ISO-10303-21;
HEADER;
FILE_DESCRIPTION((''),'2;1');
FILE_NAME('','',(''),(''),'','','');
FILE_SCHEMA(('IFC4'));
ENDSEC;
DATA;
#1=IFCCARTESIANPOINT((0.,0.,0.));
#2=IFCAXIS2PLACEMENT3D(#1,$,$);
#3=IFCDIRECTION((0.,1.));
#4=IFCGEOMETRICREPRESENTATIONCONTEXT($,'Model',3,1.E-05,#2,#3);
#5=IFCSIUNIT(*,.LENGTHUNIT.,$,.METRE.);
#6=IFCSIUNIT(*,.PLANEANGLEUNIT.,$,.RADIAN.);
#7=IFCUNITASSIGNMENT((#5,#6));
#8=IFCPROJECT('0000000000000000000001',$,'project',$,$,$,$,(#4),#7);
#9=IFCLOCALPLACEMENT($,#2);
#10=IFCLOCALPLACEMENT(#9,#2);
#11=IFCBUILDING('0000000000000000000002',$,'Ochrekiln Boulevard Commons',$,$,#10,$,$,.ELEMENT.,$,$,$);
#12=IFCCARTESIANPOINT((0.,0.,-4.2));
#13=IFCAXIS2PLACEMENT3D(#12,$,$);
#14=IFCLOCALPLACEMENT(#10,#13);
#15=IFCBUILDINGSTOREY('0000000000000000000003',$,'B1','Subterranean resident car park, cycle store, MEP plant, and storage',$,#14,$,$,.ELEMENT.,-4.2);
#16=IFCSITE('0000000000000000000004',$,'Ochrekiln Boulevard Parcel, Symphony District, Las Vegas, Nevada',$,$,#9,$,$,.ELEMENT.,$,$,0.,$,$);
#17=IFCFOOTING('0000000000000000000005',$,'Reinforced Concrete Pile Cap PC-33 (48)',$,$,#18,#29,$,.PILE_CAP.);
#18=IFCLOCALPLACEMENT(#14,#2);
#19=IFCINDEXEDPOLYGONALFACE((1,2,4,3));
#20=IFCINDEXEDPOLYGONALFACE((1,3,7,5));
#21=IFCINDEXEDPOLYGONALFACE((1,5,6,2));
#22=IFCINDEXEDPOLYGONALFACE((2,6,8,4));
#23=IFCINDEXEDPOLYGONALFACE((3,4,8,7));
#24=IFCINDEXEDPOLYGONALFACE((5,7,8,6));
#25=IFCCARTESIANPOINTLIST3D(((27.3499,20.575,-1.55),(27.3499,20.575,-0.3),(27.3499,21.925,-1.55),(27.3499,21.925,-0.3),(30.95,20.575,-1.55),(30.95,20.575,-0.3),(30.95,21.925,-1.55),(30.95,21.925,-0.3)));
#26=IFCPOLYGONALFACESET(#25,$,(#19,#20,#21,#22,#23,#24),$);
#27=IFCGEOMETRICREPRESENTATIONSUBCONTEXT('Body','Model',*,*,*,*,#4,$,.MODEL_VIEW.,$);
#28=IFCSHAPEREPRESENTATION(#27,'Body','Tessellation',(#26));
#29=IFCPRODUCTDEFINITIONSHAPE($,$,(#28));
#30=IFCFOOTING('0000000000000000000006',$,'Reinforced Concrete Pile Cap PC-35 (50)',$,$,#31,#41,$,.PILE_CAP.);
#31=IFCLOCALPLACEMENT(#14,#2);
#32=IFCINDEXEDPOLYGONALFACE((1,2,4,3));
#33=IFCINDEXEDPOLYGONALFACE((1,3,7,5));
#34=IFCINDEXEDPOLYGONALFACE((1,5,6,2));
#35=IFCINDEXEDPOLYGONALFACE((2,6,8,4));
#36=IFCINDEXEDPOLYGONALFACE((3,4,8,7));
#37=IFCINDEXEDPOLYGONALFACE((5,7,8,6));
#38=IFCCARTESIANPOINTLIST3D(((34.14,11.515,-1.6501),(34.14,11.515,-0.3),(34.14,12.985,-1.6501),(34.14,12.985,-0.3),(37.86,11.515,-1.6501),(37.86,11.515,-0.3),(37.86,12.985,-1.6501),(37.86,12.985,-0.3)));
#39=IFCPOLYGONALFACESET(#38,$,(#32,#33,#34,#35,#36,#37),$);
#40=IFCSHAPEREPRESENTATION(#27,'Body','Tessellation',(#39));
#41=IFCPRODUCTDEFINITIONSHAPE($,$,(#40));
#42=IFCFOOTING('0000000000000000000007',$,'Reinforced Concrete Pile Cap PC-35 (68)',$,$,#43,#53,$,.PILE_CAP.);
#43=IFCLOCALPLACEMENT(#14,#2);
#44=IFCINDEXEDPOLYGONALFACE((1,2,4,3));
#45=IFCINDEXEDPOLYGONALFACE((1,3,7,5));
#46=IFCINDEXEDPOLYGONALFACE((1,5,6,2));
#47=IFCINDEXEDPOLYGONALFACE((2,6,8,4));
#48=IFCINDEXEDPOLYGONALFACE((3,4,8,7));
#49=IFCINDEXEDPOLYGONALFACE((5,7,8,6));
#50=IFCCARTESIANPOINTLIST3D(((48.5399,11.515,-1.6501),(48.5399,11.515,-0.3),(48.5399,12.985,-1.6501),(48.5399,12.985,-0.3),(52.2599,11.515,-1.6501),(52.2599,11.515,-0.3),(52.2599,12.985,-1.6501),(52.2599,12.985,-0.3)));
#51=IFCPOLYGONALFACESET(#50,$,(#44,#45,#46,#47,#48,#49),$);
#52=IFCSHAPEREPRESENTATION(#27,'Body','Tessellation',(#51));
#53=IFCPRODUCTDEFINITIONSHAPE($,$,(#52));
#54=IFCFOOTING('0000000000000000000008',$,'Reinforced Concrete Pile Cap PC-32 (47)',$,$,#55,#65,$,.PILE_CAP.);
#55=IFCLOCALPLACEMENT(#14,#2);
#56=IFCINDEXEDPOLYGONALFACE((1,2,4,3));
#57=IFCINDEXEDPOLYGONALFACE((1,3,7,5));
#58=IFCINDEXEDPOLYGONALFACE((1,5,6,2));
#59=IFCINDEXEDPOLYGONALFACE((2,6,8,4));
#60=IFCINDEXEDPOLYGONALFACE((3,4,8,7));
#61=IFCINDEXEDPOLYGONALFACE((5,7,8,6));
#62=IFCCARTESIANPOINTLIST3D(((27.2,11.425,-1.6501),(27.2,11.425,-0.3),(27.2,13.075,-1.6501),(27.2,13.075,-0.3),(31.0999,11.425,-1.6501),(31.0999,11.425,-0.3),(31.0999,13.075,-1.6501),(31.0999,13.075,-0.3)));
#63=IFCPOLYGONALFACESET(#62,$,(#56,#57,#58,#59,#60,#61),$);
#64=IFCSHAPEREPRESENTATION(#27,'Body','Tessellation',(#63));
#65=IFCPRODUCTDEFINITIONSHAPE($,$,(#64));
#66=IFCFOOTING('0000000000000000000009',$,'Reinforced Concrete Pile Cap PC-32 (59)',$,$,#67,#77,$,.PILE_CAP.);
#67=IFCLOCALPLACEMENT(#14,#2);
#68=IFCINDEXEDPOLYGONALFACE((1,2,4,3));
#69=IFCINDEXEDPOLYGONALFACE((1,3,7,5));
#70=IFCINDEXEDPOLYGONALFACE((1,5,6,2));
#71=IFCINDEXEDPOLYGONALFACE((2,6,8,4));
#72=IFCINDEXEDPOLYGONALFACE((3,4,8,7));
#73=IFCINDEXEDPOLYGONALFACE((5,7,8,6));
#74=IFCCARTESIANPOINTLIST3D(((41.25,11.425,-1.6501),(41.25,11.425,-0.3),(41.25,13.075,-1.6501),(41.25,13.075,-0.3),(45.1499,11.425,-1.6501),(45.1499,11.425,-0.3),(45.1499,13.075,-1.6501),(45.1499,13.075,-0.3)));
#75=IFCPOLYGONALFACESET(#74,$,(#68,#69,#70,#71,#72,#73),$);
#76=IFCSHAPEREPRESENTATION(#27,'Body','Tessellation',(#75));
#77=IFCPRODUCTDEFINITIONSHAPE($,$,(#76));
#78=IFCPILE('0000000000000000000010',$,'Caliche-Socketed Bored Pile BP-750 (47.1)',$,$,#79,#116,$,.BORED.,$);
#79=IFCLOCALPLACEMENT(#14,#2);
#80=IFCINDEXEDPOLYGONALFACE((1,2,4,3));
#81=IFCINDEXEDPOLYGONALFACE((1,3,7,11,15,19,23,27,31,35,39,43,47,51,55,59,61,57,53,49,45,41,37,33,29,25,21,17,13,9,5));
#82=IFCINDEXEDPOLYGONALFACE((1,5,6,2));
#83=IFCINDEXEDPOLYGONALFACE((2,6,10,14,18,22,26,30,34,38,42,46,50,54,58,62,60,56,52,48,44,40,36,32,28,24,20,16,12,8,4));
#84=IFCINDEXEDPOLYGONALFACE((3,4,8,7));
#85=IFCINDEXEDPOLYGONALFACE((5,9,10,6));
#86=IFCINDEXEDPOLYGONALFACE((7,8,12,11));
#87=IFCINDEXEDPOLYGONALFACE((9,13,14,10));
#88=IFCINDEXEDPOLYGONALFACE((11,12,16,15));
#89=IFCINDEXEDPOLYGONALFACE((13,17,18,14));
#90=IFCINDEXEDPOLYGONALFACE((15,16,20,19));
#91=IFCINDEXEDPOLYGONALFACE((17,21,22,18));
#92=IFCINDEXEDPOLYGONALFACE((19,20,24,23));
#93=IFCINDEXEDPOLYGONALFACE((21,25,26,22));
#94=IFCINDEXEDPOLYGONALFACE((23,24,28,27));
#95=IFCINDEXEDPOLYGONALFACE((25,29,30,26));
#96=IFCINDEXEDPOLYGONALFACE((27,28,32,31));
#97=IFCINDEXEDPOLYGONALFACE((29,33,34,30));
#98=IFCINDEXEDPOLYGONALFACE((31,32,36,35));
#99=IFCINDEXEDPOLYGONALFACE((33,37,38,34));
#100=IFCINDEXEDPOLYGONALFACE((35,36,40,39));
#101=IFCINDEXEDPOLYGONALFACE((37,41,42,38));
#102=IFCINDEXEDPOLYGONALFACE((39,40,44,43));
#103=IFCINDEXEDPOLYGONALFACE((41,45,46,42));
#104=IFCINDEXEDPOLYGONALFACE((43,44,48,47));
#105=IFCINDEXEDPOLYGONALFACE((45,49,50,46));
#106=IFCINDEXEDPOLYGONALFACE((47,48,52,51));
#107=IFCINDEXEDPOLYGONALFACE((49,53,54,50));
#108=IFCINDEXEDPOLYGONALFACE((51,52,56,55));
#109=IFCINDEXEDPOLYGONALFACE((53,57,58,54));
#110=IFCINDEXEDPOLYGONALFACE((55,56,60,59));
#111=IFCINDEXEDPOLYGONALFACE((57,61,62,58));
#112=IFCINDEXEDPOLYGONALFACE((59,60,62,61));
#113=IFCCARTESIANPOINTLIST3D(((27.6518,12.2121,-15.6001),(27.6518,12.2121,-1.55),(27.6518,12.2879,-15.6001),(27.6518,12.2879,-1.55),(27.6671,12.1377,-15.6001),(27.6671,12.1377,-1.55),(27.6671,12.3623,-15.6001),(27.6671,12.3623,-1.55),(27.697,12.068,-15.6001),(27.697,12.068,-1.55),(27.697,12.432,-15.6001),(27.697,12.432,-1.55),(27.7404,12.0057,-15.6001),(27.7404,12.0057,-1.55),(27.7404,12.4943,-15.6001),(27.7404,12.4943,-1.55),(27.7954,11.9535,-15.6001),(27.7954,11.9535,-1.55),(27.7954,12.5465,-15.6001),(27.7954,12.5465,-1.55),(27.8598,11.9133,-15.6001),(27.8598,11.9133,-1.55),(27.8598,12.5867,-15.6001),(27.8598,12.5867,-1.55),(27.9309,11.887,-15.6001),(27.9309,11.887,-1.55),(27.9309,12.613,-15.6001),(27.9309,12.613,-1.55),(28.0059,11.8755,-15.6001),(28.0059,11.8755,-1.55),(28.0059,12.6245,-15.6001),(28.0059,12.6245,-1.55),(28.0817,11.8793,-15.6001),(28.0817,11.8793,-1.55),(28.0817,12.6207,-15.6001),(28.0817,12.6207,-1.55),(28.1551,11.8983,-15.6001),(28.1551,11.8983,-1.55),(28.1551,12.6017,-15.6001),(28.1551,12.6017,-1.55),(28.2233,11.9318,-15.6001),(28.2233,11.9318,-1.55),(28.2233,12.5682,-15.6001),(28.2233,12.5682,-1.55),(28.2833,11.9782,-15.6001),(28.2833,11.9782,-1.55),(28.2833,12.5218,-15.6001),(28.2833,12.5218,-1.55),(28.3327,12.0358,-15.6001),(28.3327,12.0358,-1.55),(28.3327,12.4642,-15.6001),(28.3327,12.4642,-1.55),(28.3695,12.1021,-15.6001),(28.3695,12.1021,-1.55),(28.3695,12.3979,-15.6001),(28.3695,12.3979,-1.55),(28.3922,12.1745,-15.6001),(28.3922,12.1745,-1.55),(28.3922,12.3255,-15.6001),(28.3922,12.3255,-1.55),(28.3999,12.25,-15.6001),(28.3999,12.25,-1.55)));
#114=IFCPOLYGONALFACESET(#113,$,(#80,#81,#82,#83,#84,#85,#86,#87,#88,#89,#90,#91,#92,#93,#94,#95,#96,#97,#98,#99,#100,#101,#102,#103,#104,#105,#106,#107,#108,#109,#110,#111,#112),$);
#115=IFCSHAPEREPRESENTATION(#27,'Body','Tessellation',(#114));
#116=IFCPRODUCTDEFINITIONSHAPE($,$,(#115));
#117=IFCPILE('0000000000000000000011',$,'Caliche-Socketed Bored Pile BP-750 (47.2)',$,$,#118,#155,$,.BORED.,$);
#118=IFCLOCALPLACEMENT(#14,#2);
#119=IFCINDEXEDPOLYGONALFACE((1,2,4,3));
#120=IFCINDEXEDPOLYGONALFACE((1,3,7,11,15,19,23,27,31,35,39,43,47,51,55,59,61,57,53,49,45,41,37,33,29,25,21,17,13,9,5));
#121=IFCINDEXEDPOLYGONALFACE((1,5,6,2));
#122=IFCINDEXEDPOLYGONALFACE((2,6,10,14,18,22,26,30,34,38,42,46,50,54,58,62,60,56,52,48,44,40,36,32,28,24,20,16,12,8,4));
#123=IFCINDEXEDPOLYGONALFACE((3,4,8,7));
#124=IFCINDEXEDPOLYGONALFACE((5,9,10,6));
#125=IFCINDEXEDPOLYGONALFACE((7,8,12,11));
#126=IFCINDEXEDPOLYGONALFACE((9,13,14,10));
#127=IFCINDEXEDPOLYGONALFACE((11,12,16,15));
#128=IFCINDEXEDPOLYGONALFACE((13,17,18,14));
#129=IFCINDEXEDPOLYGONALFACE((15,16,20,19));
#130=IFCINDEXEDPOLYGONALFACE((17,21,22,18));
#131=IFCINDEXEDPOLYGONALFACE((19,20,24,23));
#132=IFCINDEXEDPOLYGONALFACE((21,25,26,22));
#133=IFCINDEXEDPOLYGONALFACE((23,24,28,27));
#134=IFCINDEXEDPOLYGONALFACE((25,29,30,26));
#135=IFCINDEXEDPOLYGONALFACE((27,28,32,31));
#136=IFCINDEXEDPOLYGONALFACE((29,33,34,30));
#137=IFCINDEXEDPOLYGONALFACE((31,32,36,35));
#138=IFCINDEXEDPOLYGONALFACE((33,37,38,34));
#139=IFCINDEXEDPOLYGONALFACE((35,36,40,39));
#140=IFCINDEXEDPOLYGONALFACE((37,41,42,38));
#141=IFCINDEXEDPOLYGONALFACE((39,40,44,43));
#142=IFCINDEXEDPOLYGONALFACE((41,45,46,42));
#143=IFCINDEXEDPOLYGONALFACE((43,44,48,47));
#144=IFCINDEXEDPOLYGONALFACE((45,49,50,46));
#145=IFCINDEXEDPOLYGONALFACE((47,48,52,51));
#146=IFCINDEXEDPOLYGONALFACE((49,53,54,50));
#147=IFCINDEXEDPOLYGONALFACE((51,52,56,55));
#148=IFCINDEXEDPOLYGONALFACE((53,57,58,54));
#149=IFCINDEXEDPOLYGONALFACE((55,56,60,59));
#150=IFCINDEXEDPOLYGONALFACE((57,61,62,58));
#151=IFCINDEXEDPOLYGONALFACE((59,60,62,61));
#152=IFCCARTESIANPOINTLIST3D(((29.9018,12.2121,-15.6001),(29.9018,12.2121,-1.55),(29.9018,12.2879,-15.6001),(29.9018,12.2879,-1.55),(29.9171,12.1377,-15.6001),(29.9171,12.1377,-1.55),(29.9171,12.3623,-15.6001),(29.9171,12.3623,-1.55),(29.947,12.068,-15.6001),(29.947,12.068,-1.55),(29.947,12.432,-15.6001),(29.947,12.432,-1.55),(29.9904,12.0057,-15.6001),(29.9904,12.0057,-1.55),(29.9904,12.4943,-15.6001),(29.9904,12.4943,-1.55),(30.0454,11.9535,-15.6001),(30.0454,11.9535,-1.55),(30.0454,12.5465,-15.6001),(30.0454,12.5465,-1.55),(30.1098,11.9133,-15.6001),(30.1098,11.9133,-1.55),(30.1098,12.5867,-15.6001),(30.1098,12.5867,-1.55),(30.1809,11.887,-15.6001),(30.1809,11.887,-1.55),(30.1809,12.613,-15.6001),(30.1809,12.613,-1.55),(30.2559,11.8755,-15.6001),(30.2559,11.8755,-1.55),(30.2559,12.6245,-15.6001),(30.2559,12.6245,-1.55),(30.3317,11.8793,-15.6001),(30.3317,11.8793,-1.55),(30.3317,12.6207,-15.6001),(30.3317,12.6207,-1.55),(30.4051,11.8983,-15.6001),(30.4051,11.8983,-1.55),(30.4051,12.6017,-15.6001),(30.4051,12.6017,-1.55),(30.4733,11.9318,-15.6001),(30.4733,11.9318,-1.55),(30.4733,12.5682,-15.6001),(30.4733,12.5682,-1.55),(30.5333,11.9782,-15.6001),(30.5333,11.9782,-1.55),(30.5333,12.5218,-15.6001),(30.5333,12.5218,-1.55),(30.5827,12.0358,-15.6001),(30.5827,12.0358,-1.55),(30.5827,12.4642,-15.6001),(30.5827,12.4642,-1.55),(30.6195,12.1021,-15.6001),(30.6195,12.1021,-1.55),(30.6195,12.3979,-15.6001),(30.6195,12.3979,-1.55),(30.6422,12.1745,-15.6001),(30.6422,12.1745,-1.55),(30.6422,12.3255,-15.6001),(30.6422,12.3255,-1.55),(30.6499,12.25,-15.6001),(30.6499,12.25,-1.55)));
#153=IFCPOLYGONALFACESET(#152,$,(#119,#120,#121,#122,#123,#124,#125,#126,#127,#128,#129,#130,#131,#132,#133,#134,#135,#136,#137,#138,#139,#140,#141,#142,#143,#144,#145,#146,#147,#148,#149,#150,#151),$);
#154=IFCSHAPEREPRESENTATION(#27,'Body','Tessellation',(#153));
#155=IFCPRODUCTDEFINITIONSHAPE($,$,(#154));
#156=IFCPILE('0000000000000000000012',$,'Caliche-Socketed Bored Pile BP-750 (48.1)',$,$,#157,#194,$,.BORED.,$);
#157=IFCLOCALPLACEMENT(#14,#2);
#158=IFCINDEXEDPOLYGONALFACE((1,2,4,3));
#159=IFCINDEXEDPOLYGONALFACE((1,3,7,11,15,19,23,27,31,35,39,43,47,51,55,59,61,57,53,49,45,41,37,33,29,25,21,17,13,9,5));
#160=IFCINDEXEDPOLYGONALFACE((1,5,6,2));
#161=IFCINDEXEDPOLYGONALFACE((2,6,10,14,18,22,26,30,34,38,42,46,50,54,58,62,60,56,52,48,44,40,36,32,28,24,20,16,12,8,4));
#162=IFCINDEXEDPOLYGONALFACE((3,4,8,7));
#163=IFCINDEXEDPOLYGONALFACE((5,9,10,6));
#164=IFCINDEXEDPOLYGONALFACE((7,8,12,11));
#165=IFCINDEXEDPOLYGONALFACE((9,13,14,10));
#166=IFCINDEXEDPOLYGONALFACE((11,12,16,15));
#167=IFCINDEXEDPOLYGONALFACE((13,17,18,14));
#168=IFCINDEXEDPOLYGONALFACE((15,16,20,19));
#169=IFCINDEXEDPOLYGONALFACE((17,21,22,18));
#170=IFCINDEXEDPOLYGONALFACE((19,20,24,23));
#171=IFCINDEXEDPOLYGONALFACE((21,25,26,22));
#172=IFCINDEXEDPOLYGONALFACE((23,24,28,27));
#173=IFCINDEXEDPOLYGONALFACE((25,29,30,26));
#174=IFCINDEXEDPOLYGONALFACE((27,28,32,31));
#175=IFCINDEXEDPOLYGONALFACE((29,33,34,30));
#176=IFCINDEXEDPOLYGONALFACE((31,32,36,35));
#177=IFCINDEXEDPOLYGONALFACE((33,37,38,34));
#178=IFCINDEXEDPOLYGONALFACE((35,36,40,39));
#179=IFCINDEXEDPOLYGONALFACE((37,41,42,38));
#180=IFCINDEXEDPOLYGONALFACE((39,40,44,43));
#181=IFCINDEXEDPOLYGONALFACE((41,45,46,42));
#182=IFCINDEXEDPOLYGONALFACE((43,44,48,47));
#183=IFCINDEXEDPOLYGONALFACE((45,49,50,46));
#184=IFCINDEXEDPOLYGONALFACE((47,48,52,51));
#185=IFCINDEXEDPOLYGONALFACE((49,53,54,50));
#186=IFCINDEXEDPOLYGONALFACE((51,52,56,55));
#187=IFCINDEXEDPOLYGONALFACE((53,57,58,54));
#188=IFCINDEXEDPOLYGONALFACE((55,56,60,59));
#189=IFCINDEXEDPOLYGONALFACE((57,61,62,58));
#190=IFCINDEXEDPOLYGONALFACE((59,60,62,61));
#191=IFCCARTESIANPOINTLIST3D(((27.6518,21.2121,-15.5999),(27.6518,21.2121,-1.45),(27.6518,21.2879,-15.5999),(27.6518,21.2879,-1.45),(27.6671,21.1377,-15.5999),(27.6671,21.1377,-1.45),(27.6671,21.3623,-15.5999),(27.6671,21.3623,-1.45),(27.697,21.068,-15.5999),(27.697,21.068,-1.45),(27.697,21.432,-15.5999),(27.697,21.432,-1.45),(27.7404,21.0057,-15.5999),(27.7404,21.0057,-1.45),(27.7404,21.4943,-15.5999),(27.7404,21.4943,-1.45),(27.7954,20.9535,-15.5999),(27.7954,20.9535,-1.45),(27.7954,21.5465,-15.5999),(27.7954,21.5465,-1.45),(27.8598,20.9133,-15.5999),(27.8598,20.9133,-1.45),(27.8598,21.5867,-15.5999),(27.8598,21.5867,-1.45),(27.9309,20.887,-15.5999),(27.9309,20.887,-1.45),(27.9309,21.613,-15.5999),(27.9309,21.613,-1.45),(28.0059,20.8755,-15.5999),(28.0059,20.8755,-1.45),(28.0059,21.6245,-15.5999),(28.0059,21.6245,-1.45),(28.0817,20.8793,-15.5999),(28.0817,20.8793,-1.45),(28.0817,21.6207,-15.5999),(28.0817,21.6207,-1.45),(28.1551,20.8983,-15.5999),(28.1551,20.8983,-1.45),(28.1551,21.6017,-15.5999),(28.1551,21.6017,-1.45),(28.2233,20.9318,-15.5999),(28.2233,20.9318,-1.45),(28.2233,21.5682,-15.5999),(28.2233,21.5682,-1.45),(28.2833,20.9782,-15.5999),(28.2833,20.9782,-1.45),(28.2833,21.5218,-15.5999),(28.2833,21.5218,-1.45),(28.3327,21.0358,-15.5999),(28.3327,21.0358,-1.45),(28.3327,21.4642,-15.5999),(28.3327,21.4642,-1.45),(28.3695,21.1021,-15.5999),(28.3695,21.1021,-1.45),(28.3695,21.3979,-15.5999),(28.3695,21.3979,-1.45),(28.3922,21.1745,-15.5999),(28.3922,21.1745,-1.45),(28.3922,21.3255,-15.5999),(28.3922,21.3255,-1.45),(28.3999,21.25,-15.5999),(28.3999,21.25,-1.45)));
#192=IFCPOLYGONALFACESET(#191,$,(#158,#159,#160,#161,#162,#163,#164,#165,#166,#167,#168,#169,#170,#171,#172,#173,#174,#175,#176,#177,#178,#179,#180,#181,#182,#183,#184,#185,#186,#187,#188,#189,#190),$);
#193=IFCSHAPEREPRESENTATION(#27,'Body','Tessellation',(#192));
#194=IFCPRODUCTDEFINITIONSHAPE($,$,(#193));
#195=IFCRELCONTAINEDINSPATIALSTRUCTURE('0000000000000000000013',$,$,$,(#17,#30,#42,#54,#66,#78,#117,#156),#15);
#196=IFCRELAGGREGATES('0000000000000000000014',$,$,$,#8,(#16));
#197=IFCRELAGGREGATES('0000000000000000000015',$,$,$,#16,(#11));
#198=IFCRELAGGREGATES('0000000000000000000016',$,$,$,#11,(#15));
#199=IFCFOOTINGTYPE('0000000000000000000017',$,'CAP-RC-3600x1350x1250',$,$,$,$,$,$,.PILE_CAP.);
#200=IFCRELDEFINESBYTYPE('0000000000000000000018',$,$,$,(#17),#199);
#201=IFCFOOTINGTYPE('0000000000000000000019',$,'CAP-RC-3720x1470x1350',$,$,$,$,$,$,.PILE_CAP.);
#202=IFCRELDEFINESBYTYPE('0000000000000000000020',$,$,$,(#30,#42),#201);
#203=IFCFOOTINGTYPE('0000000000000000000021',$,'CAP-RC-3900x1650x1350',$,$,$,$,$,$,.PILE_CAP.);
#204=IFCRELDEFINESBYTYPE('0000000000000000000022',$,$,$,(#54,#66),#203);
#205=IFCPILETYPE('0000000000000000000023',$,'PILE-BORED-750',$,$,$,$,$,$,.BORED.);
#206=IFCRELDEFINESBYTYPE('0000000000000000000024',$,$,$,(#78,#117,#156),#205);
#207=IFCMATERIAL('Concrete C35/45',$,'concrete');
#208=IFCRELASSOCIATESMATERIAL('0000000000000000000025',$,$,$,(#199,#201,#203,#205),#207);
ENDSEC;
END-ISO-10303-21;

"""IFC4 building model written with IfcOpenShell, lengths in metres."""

from ifc_helpers import new_model, si_unit, direction, frame, origin, origin_2d, place, context, subcontext, project, spatial, rectangle, circle, extrude, material, material_profile, profile_set, type_object, element, save


model = new_model("IFC4")

# Units and contexts
model_context = context("Model", 3, precision=1e-05, world=origin(), true_north=direction((0.0, 1.0)))
body_context = subcontext(model_context, "Body", "Model", "MODEL_VIEW")
ifc_project = project(units=[si_unit("LENGTHUNIT", "METRE"), si_unit("PLANEANGLEUNIT", "RADIAN")], contexts=[model_context])

# Site, building, storey
site_placement = place(None, origin())
site = spatial("IfcSite", under=ifc_project, at=site_placement, Name="Ochrekiln Boulevard Parcel, Symphony District, Las Vegas, Nevada", CompositionType="ELEMENT", RefElevation=0.0)
building_placement = place(site_placement, origin())
building = spatial("IfcBuilding", under=site, at=building_placement, Name="Ochrekiln Boulevard Commons", CompositionType="ELEMENT")
storey_placement = place(building_placement, frame((0.0, 0.0, -4.2)))
storey = spatial("IfcBuildingStorey", under=building, at=storey_placement, Name="B1", Description="Subterranean resident car park, cycle store, MEP plant, and storage", CompositionType="ELEMENT", Elevation=-4.2)

# Footings
ifc_material_1 = material(Name="Concrete C35/45", Category="concrete")
footing_type_1 = type_object("IfcFootingType", Name="CAP-RC-3600x1350x1250", PredefinedType="PILE_CAP", material=ifc_material_1)
footing_placement = place(storey_placement, frame((29.1499, 21.25, -1.55), z_axis=(0.0, 0.0, 1.0), x_axis=(1.0, 0.0, 0.0)))
element("IfcFooting", 1, at=footing_placement, inside=storey, type_object=footing_type_1, Name="Reinforced Concrete Pile Cap PC-33 (48)", PredefinedType="PILE_CAP", context=body_context, shape_type="SweptSolid", body=[
    extrude(rectangle(XDim=3.6001, YDim=1.3501, at=origin_2d()), origin(), (0.0, 0.0, 1.0), 1.25),
])
footing_type_2 = type_object("IfcFootingType", Name="CAP-RC-3720x1470x1350", PredefinedType="PILE_CAP", material=ifc_material_1)
for number, where, z_axis, x_axis, name in (
    (2, (36.0, 12.25, -1.6501), (0.0, 0.0, 1.0), (1.0, 0.0, 0.0), "Reinforced Concrete Pile Cap PC-35 (50)"),
    (3, (50.3999, 12.25, -1.6501), (0.0, 0.0, 1.0), (1.0, 0.0, 0.0), "Reinforced Concrete Pile Cap PC-35 (68)"),
):
    element("IfcFooting", number, at=place(storey_placement, frame(where, z_axis=z_axis, x_axis=x_axis)), inside=storey, type_object=footing_type_2, Name=name, PredefinedType="PILE_CAP", context=body_context, shape_type="SweptSolid", body=[
        extrude(rectangle(XDim=3.72, YDim=1.47, at=origin_2d()), origin(), (0.0, 0.0, 1.0), 1.3501),
    ])
footing_type_3 = type_object("IfcFootingType", Name="CAP-RC-3900x1650x1350", PredefinedType="PILE_CAP", material=ifc_material_1)
for number, where, z_axis, x_axis, name in (
    (4, (29.1499, 12.25, -1.6501), (0.0, 0.0, 1.0), (1.0, 0.0, 0.0), "Reinforced Concrete Pile Cap PC-32 (47)"),
    (5, (43.2, 12.25, -1.6501), (0.0, 0.0, 1.0), (1.0, 0.0, 0.0), "Reinforced Concrete Pile Cap PC-32 (59)"),
):
    element("IfcFooting", number, at=place(storey_placement, frame(where, z_axis=z_axis, x_axis=x_axis)), inside=storey, type_object=footing_type_3, Name=name, PredefinedType="PILE_CAP", context=body_context, shape_type="SweptSolid", body=[
        extrude(rectangle(XDim=3.8999, YDim=1.6499, at=origin_2d()), origin(), (0.0, 0.0, 1.0), 1.3501),
    ])

# Piles
ifc_material_profile_1 = material_profile(ifc_material_1, circle(Radius=0.375, at=origin_2d()), Name="PILE-D750")
ifc_profile_set_1 = profile_set([ifc_material_profile_1], Name="Concrete C35/45")
pile_type = type_object("IfcPileType", Name="PILE-BORED-750", PredefinedType="BORED", material=ifc_profile_set_1)
for number, where, z_axis, x_axis, name in (
    (6, (28.0249, 12.25, -1.55), (0.0, 0.0, -1.0), (1.0, 0.0, 0.0), "Caliche-Socketed Bored Pile BP-750 (47.1)"),
    (7, (30.2749, 12.25, -1.55), (0.0, 0.0, -1.0), (1.0, 0.0, 0.0), "Caliche-Socketed Bored Pile BP-750 (47.2)"),
):
    element("IfcPile", number, at=place(storey_placement, frame(where, z_axis=z_axis, x_axis=x_axis)), inside=storey, type_object=pile_type, Name=name, PredefinedType="BORED", context=body_context, shape_type="SweptSolid", body=[
        extrude(circle(Radius=0.375, at=origin_2d()), origin(), (0.0, 0.0, 1.0), 14.05),
    ])
for number, where, z_axis, x_axis, name in (
    (8, (28.0249, 21.25, -1.45), (0.0, 0.0, -1.0), (1.0, 0.0, 0.0), "Caliche-Socketed Bored Pile BP-750 (48.1)"),
):
    element("IfcPile", number, at=place(storey_placement, frame(where, z_axis=z_axis, x_axis=x_axis)), inside=storey, type_object=pile_type, Name=name, PredefinedType="BORED", context=body_context, shape_type="SweptSolid", body=[
        extrude(circle(Radius=0.375, at=origin_2d()), origin(), (0.0, 0.0, 1.0), 14.1499),
    ])

save(model, "model.ifc")
